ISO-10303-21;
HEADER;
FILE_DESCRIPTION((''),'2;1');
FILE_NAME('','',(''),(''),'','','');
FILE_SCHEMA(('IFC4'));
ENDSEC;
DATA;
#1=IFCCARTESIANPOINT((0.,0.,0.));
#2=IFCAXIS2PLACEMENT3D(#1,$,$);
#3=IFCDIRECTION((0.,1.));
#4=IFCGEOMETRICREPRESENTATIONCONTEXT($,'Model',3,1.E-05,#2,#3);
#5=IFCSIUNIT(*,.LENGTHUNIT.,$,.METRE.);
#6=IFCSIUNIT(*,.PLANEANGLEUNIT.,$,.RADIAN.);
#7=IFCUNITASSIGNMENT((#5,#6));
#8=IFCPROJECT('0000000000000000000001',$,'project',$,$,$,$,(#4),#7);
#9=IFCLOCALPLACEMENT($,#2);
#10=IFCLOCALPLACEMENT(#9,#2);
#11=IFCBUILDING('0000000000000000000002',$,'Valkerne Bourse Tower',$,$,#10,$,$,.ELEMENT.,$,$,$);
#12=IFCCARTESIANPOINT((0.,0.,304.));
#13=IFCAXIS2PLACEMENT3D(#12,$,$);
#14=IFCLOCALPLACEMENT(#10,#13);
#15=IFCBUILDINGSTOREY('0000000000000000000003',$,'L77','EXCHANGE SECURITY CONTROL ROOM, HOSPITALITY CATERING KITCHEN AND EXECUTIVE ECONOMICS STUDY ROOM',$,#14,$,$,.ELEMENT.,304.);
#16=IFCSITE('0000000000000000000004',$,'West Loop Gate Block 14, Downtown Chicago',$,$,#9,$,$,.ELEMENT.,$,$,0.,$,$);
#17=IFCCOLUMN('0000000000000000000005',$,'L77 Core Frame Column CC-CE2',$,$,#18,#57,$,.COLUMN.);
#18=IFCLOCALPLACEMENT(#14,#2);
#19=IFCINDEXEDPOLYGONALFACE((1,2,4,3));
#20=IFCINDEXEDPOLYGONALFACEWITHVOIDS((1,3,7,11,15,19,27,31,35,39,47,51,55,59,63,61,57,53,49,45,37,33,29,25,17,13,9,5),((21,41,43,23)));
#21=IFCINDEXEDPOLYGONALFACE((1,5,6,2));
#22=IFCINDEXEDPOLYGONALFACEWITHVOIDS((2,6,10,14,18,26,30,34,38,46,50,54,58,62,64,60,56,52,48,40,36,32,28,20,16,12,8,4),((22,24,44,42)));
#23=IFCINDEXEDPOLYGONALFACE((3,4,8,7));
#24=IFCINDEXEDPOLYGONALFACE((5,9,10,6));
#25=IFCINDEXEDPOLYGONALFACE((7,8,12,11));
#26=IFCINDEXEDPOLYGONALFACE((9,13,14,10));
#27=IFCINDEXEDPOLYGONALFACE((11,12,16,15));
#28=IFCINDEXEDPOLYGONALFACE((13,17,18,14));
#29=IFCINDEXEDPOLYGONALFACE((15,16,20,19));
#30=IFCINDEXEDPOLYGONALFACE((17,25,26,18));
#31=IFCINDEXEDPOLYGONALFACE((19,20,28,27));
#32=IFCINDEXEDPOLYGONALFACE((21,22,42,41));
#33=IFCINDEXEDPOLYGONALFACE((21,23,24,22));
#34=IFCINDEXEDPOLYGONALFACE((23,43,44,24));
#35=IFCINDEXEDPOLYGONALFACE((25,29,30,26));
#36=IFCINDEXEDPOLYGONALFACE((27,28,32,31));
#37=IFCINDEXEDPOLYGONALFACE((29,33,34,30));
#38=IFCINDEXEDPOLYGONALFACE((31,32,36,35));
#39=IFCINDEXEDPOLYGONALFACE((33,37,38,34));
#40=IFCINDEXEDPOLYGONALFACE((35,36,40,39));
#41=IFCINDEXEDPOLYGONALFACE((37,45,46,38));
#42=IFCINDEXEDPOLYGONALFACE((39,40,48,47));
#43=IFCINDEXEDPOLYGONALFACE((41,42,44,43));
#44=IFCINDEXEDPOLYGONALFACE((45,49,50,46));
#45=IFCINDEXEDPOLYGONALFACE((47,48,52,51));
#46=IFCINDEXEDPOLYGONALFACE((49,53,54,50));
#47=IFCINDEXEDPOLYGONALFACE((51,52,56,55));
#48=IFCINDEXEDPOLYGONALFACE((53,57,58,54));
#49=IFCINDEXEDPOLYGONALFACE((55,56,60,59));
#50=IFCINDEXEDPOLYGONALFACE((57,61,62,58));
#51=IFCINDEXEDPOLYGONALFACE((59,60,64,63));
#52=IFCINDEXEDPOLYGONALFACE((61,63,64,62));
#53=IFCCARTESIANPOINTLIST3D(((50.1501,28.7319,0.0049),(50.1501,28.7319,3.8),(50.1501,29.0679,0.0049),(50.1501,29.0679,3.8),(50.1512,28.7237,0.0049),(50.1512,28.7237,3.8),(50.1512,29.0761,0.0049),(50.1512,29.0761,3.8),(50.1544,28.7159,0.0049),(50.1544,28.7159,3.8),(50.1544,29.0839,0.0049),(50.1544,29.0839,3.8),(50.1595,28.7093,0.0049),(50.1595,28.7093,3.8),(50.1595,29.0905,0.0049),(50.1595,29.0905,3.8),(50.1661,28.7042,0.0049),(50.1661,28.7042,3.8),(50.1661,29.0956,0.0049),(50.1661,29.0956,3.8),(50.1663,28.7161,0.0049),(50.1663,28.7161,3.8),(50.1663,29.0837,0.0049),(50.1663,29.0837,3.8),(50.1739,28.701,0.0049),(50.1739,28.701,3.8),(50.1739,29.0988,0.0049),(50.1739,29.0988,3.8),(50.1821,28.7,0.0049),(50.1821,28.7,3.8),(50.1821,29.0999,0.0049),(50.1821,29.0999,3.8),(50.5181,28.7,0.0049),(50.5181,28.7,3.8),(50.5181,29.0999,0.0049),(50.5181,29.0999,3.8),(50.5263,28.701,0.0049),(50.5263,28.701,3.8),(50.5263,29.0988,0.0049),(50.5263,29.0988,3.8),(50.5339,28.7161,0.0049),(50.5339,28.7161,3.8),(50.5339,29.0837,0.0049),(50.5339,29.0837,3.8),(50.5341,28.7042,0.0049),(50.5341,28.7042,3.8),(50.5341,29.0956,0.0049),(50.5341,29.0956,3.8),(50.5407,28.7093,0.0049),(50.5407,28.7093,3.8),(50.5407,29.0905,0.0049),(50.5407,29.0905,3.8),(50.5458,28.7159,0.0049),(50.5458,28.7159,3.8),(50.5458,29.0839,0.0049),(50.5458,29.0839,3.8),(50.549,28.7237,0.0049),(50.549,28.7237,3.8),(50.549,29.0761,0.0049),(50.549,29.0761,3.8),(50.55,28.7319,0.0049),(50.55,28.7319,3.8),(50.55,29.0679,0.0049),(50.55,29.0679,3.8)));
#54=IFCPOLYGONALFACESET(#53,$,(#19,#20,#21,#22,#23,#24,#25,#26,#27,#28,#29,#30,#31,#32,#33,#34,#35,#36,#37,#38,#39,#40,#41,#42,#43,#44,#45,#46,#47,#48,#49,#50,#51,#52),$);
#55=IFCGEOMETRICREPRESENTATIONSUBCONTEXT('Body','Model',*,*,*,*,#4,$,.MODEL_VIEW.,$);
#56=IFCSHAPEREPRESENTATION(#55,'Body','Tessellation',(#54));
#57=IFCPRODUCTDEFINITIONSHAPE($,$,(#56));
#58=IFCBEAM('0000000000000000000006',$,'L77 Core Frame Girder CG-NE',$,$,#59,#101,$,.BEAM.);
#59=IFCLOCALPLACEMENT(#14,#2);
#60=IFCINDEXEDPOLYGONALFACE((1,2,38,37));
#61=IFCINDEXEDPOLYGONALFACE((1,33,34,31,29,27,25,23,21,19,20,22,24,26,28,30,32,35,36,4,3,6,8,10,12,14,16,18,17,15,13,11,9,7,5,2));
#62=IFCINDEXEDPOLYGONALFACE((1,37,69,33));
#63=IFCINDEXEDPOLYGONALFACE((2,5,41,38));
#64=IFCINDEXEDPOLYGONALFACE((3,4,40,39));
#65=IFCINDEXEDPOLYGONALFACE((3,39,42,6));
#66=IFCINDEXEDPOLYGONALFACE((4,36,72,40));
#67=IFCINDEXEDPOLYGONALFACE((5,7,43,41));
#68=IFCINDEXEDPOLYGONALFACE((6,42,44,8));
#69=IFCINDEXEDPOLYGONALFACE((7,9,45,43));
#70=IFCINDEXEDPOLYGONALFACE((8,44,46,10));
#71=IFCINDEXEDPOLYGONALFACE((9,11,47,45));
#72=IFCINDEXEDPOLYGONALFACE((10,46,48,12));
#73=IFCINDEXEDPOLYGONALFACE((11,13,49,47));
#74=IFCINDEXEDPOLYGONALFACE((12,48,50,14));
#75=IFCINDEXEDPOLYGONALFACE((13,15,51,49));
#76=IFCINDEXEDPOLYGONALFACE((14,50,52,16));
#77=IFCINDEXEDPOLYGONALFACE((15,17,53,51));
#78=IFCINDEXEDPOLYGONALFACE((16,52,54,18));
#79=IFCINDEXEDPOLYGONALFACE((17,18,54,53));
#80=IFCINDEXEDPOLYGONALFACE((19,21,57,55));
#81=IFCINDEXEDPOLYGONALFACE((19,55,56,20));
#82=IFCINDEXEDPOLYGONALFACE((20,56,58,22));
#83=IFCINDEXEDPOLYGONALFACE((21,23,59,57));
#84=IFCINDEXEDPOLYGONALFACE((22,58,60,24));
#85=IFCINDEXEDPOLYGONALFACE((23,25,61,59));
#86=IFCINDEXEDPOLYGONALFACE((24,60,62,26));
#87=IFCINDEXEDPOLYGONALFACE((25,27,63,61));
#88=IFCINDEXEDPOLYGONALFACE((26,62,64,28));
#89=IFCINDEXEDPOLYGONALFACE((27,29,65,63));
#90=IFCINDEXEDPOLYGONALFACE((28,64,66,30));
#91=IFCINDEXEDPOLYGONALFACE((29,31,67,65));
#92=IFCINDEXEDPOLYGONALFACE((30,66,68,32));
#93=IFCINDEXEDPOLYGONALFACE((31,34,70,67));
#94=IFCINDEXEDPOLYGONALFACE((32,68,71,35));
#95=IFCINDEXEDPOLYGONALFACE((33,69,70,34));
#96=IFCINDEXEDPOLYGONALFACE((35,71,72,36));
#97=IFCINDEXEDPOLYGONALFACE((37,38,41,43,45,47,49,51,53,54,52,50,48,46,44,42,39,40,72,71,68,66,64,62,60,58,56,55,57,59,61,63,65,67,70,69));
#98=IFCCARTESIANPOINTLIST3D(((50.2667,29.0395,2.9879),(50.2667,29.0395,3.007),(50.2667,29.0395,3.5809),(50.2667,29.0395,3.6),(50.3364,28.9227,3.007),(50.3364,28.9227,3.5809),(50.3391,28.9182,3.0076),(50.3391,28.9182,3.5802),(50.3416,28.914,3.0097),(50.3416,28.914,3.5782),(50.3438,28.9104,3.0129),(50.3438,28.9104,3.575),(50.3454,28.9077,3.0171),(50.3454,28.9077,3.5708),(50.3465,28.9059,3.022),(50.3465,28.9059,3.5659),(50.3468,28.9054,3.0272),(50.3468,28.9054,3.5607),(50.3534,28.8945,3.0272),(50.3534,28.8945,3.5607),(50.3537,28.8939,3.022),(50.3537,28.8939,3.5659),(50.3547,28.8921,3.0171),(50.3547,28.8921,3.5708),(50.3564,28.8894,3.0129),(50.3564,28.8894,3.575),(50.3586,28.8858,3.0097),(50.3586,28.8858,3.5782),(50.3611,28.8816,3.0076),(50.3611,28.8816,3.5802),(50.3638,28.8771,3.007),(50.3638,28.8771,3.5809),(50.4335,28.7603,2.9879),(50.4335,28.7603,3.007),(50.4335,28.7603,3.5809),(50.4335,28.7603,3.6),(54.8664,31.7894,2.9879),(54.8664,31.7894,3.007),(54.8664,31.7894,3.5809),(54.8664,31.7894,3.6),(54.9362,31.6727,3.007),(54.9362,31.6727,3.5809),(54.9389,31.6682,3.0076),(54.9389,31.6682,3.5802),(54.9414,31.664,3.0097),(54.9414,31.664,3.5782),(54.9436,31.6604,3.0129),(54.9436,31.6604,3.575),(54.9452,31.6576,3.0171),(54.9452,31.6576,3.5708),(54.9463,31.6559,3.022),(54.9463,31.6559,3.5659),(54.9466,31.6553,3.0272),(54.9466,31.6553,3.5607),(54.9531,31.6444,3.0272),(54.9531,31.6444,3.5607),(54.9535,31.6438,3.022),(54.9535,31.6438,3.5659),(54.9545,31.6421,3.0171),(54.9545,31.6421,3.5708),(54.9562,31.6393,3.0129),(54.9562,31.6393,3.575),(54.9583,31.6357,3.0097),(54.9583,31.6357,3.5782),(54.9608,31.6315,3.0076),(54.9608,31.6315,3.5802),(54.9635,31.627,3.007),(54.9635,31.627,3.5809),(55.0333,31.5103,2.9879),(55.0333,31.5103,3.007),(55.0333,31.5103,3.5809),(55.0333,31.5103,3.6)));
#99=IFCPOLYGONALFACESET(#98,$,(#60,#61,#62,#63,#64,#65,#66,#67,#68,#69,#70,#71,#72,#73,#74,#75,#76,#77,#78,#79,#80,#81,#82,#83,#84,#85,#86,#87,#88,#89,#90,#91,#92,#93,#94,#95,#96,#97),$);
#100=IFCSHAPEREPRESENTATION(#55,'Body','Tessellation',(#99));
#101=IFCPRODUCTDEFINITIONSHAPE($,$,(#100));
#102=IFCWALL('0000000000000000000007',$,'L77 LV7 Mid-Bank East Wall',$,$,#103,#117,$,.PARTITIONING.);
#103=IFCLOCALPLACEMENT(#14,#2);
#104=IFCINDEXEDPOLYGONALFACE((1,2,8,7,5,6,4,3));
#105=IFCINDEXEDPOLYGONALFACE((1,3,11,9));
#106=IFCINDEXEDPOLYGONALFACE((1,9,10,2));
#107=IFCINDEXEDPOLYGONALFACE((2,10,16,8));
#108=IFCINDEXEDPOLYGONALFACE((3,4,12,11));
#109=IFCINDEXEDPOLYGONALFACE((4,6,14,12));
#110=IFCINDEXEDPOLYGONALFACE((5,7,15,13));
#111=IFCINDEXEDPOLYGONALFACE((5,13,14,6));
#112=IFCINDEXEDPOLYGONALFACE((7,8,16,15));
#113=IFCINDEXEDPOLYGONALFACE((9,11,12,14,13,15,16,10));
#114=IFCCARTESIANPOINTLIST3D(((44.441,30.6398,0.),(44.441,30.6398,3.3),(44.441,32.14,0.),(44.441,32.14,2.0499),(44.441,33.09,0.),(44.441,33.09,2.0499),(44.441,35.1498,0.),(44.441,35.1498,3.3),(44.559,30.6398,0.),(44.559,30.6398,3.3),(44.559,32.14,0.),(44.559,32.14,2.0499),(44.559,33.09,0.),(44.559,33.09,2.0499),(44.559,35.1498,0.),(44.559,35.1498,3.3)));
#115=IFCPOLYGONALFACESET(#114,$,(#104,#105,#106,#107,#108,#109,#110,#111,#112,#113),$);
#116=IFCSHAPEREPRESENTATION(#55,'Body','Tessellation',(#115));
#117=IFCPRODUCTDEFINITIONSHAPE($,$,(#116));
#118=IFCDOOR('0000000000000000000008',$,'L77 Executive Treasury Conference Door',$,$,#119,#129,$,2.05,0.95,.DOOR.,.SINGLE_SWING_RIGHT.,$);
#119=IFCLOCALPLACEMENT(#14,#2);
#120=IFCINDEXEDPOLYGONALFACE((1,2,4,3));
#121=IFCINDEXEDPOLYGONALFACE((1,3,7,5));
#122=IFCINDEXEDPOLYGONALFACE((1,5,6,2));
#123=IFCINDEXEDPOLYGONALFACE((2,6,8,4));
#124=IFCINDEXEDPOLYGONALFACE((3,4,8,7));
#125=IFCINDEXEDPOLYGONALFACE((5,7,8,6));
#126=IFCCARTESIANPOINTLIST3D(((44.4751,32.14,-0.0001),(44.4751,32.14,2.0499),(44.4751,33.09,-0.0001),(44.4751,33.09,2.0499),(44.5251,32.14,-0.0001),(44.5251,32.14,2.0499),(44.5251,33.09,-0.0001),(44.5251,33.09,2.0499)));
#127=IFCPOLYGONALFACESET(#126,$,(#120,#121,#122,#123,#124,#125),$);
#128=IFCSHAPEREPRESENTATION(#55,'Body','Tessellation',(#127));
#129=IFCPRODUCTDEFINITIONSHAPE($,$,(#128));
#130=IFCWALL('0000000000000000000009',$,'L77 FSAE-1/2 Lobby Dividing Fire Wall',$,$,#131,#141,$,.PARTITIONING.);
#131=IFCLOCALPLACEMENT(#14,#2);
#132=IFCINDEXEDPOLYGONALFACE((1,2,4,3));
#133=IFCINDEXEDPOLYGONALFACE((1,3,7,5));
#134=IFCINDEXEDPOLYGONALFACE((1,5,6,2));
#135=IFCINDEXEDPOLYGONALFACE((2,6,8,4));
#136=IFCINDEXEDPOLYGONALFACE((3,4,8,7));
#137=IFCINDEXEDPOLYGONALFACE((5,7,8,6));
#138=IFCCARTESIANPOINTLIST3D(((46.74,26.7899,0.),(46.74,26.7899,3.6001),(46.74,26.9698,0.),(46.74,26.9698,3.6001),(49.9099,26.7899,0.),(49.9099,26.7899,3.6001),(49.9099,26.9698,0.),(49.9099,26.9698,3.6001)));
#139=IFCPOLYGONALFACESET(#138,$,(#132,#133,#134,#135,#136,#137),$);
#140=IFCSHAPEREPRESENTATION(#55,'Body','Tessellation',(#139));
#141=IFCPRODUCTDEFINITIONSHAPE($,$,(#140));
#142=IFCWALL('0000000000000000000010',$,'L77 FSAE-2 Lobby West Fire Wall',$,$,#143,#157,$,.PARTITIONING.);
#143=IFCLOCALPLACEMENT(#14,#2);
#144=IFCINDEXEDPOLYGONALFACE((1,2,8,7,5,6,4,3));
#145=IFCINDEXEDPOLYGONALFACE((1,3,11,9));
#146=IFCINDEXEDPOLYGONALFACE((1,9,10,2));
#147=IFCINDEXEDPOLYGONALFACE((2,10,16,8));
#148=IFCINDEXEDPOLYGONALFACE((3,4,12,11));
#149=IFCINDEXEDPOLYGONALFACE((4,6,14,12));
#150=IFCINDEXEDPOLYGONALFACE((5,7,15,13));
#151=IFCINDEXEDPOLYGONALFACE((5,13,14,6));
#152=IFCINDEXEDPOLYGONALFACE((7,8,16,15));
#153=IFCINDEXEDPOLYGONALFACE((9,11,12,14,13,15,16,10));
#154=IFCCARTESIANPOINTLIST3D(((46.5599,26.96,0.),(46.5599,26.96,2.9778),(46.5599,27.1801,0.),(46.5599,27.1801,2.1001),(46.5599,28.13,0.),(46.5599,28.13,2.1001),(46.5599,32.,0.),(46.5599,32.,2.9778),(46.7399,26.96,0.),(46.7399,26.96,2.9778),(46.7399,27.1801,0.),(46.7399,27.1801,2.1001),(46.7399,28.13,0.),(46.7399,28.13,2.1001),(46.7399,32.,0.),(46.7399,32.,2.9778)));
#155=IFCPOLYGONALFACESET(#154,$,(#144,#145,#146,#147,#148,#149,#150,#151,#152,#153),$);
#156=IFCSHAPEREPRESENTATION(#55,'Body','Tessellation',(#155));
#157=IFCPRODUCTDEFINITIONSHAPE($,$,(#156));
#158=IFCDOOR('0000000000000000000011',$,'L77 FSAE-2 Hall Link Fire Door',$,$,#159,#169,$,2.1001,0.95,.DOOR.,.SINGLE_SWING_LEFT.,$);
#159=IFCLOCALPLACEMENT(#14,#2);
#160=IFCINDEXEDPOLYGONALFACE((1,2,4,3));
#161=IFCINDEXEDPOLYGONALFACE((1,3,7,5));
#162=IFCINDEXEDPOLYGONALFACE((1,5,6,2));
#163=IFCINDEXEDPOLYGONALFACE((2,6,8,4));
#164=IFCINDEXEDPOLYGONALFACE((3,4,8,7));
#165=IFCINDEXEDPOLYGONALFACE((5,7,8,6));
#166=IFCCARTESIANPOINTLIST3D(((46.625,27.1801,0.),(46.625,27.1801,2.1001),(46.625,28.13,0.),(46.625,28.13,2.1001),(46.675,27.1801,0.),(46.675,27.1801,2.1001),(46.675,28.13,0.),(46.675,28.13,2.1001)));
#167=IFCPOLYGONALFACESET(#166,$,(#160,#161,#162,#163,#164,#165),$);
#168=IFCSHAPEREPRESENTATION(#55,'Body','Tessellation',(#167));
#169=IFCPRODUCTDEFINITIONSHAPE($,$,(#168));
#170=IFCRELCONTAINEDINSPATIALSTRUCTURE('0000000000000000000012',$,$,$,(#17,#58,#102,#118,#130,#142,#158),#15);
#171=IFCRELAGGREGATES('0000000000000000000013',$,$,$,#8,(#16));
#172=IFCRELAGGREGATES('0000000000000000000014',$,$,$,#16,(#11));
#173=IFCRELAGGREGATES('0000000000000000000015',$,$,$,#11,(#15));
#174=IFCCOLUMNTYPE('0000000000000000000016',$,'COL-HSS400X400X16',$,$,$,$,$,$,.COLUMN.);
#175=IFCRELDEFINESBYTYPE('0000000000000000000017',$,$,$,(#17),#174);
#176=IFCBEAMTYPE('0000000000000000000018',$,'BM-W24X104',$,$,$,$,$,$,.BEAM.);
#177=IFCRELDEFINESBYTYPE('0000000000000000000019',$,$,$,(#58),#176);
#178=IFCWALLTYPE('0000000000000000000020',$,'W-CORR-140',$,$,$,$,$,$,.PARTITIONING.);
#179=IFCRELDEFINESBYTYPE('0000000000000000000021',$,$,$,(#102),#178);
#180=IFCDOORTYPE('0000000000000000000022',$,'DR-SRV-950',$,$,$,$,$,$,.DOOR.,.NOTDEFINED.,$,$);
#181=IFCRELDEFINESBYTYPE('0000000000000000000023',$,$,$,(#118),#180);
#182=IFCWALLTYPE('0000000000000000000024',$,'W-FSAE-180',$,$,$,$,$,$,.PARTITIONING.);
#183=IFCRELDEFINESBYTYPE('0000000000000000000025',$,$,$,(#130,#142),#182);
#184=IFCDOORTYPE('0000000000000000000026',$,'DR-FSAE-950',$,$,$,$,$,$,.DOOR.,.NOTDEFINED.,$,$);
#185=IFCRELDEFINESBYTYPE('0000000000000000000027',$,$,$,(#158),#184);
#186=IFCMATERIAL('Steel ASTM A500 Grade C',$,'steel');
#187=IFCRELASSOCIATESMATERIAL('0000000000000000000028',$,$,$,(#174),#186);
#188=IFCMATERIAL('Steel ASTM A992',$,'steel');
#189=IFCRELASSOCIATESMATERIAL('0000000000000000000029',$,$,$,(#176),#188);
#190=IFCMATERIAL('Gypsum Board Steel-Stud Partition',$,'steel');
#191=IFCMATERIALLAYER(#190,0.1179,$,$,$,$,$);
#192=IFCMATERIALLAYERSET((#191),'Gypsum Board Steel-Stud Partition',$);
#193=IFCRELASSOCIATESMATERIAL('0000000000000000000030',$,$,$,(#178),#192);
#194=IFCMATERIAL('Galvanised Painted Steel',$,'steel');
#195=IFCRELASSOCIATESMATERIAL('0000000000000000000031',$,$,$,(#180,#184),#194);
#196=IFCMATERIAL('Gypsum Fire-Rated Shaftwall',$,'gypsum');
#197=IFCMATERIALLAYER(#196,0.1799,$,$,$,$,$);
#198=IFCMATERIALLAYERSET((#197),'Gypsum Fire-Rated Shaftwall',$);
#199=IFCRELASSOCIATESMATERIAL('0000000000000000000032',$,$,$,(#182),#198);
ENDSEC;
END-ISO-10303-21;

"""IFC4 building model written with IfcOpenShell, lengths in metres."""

from ifc_helpers import new_model, si_unit, direction, frame, frame_2d, origin, origin_2d, place, context, subcontext, project, spatial, rectangle, hollow_rectangle, i_section, extrude, material, layer, layer_set, material_profile, profile_set, type_object, element, fill, save


model = new_model("IFC4")

# Units and contexts
model_context = context("Model", 3, precision=1e-05, world=origin(), true_north=direction((0.0, 1.0)))
body_context = subcontext(model_context, "Body", "Model", "MODEL_VIEW")
ifc_project = project(units=[si_unit("LENGTHUNIT", "METRE"), si_unit("PLANEANGLEUNIT", "RADIAN")], contexts=[model_context])

# Site, building, storey
site_placement = place(None, origin())
site = spatial("IfcSite", under=ifc_project, at=site_placement, Name="West Loop Gate Block 14, Downtown Chicago", CompositionType="ELEMENT", RefElevation=0.0)
building_placement = place(site_placement, origin())
building = spatial("IfcBuilding", under=site, at=building_placement, Name="Valkerne Bourse Tower", CompositionType="ELEMENT")
storey_placement = place(building_placement, frame((0.0, 0.0, 304.0)))
storey = spatial("IfcBuildingStorey", under=building, at=storey_placement, Name="L77", Description="EXCHANGE SECURITY CONTROL ROOM, HOSPITALITY CATERING KITCHEN AND EXECUTIVE ECONOMICS STUDY ROOM", CompositionType="ELEMENT", Elevation=304.0)

# Column
ifc_material_1 = material(Name="Steel ASTM A500 Grade C", Category="steel")
ifc_material_profile_1 = material_profile(ifc_material_1, hollow_rectangle(XDim=0.3999, YDim=0.3999, WallThickness=0.0161, OuterFilletRadius=0.032, at=origin_2d()), Name="HSS400X400X16")
ifc_profile_set_1 = profile_set([ifc_material_profile_1], Name="Steel ASTM A500 Grade C")
column_type = type_object("IfcColumnType", Name="COL-HSS400X400X16", PredefinedType="COLUMN", material=ifc_profile_set_1)
column_placement = place(storey_placement, frame((50.3501, 28.8999, 0.0049), z_axis=(0.0, 0.0, 1.0), x_axis=(1.0, 0.0, 0.0)))
element("IfcColumn", 1, at=column_placement, inside=storey, type_object=column_type, Name="L77 Core Frame Column CC-CE2", PredefinedType="COLUMN", context=body_context, shape_type="SweptSolid", body=[
    extrude(hollow_rectangle(XDim=0.3999, YDim=0.3999, WallThickness=0.0161, OuterFilletRadius=0.032, at=origin_2d()), origin(), (0.0, 0.0, 1.0), 3.7952),
])

# Beam
ifc_material_2 = material(Name="Steel ASTM A992", Category="steel")
ifc_material_profile_2 = material_profile(ifc_material_2, i_section(OverallWidth=0.3252, OverallDepth=0.6121, WebThickness=0.0127, FlangeThickness=0.019, FilletRadius=0.0203, at=origin_2d()), Name="W24X104")
ifc_profile_set_2 = profile_set([ifc_material_profile_2], Name="Steel ASTM A992")
beam_type = type_object("IfcBeamType", Name="BM-W24X104", PredefinedType="BEAM", material=ifc_profile_set_2)
beam_placement = place(storey_placement, frame((50.3501, 28.8999, 3.2939), z_axis=(0.858308, 0.513135, 0.0), x_axis=(-0.513135, 0.858308, 0.0)))
element("IfcBeam", 2, at=beam_placement, inside=storey, type_object=beam_type, Name="L77 Core Frame Girder CG-NE", PredefinedType="BEAM", context=body_context, shape_type="SweptSolid", body=[
    extrude(i_section(OverallWidth=0.3252, OverallDepth=0.6121, WebThickness=0.0127, FlangeThickness=0.019, FilletRadius=0.0203, at=origin_2d()), origin(), (0.0, 0.0, 1.0), 5.3591),
])

# Wall, opening, door
ifc_material_3 = material(Name="Gypsum Board Steel-Stud Partition", Category="steel")
ifc_layer_1 = layer(ifc_material_3, 0.1179)
ifc_layer_set_1 = layer_set([ifc_layer_1], Name="Gypsum Board Steel-Stud Partition")
wall_type_1 = type_object("IfcWallType", Name="W-CORR-140", PredefinedType="PARTITIONING", material=ifc_layer_set_1)
wall_1_placement = place(storey_placement, frame((44.5, 30.6399, 0.0), z_axis=(0.0, 0.0, 1.0), x_axis=(0.0, 1.0, 0.0)))
wall_1 = element("IfcWall", 3, at=wall_1_placement, inside=storey, type_object=wall_type_1, Name="L77 LV7 Mid-Bank East Wall", PredefinedType="PARTITIONING", context=body_context, shape_type="SweptSolid", body=[
    extrude(rectangle(XDim=4.51, YDim=0.1179, at=frame_2d((2.2549, 0.0))), origin(), (0.0, 0.0, 1.0), 3.3),
])
opening_1_placement = place(wall_1_placement, frame((1.5, 0.0, 0.0)))
opening_1 = element("IfcOpeningElement", 4, at=opening_1_placement, cuts=wall_1, PredefinedType="OPENING", context=body_context, shape_type="SweptSolid", body=[
    extrude(rectangle(XDim=0.95, YDim=2.05, at=frame_2d((0.4751, 1.0249))), frame((0.0, 0.0688, 0.0), z_axis=(0.0, -1.0, 0.0), x_axis=(1.0, 0.0, 0.0)), (0.0, 0.0, 1.0), 0.1379),
])
ifc_material_4 = material(Name="Galvanised Painted Steel", Category="steel")
door_type_1 = type_object("IfcDoorType", Name="DR-SRV-950", OperationType="NOTDEFINED", PredefinedType="DOOR", material=ifc_material_4)
door_1_placement = place(opening_1_placement, origin())
door_1 = element("IfcDoor", 5, at=door_1_placement, inside=storey, type_object=door_type_1, Name="L77 Executive Treasury Conference Door", OperationType="SINGLE_SWING_RIGHT", OverallHeight=2.05, OverallWidth=0.95, PredefinedType="DOOR", context=body_context, shape_type="SweptSolid", body=[
    extrude(rectangle(XDim=0.95, YDim=2.05, at=frame_2d((0.4751, 1.0249))), frame((0.0, 0.0249, 0.0), z_axis=(0.0, -1.0, 0.0), x_axis=(1.0, 0.0, 0.0)), (0.0, 0.0, 1.0), 0.05),
])
fill(opening_1, door_1)

# Wall
ifc_material_5 = material(Name="Gypsum Fire-Rated Shaftwall", Category="gypsum")
ifc_layer_2 = layer(ifc_material_5, 0.1799)
ifc_layer_set_2 = layer_set([ifc_layer_2], Name="Gypsum Fire-Rated Shaftwall")
wall_type_2 = type_object("IfcWallType", Name="W-FSAE-180", PredefinedType="PARTITIONING", material=ifc_layer_set_2)
wall_2_placement = place(storey_placement, frame((46.74, 26.8799, 0.0), z_axis=(0.0, 0.0, 1.0), x_axis=(1.0, 0.0, 0.0)))
element("IfcWall", 6, at=wall_2_placement, inside=storey, type_object=wall_type_2, Name="L77 FSAE-1/2 Lobby Dividing Fire Wall", PredefinedType="PARTITIONING", context=body_context, shape_type="SweptSolid", body=[
    extrude(rectangle(XDim=3.1699, YDim=0.1799, at=frame_2d((1.585, 0.0))), origin(), (0.0, 0.0, 1.0), 3.6001),
])

# Wall, opening, door
wall_3_placement = place(storey_placement, frame((46.6499, 26.96, 0.0), z_axis=(0.0, 0.0, 1.0), x_axis=(0.0, 1.0, 0.0)))
wall_3 = element("IfcWall", 7, at=wall_3_placement, inside=storey, type_object=wall_type_2, Name="L77 FSAE-2 Lobby West Fire Wall", PredefinedType="PARTITIONING", context=body_context, shape_type="SweptSolid", body=[
    extrude(rectangle(XDim=5.04, YDim=0.1799, at=frame_2d((2.52, 0.0))), origin(), (0.0, 0.0, 1.0), 2.9778),
])
opening_2_placement = place(wall_3_placement, frame((0.22, 0.0, 0.0)))
opening_2 = element("IfcOpeningElement", 8, at=opening_2_placement, cuts=wall_3, PredefinedType="OPENING", context=body_context, shape_type="SweptSolid", body=[
    extrude(rectangle(XDim=0.95, YDim=2.1001, at=frame_2d((0.4751, 1.05))), frame((0.0, 0.0999, 0.0), z_axis=(0.0, -1.0, 0.0), x_axis=(1.0, 0.0, 0.0)), (0.0, 0.0, 1.0), 0.2),
])
door_type_2 = type_object("IfcDoorType", Name="DR-FSAE-950", OperationType="NOTDEFINED", PredefinedType="DOOR", material=ifc_material_4)
door_2_placement = place(opening_2_placement, origin())
door_2 = element("IfcDoor", 9, at=door_2_placement, inside=storey, type_object=door_type_2, Name="L77 FSAE-2 Hall Link Fire Door", OperationType="SINGLE_SWING_LEFT", OverallHeight=2.1001, OverallWidth=0.95, PredefinedType="DOOR", context=body_context, shape_type="SweptSolid", body=[
    extrude(rectangle(XDim=0.95, YDim=2.1001, at=frame_2d((0.4751, 1.05))), frame((0.0, 0.0249, 0.0), z_axis=(0.0, -1.0, 0.0), x_axis=(1.0, 0.0, 0.0)), (0.0, 0.0, 1.0), 0.05),
])
fill(opening_2, door_2)

save(model, "model.ifc")
